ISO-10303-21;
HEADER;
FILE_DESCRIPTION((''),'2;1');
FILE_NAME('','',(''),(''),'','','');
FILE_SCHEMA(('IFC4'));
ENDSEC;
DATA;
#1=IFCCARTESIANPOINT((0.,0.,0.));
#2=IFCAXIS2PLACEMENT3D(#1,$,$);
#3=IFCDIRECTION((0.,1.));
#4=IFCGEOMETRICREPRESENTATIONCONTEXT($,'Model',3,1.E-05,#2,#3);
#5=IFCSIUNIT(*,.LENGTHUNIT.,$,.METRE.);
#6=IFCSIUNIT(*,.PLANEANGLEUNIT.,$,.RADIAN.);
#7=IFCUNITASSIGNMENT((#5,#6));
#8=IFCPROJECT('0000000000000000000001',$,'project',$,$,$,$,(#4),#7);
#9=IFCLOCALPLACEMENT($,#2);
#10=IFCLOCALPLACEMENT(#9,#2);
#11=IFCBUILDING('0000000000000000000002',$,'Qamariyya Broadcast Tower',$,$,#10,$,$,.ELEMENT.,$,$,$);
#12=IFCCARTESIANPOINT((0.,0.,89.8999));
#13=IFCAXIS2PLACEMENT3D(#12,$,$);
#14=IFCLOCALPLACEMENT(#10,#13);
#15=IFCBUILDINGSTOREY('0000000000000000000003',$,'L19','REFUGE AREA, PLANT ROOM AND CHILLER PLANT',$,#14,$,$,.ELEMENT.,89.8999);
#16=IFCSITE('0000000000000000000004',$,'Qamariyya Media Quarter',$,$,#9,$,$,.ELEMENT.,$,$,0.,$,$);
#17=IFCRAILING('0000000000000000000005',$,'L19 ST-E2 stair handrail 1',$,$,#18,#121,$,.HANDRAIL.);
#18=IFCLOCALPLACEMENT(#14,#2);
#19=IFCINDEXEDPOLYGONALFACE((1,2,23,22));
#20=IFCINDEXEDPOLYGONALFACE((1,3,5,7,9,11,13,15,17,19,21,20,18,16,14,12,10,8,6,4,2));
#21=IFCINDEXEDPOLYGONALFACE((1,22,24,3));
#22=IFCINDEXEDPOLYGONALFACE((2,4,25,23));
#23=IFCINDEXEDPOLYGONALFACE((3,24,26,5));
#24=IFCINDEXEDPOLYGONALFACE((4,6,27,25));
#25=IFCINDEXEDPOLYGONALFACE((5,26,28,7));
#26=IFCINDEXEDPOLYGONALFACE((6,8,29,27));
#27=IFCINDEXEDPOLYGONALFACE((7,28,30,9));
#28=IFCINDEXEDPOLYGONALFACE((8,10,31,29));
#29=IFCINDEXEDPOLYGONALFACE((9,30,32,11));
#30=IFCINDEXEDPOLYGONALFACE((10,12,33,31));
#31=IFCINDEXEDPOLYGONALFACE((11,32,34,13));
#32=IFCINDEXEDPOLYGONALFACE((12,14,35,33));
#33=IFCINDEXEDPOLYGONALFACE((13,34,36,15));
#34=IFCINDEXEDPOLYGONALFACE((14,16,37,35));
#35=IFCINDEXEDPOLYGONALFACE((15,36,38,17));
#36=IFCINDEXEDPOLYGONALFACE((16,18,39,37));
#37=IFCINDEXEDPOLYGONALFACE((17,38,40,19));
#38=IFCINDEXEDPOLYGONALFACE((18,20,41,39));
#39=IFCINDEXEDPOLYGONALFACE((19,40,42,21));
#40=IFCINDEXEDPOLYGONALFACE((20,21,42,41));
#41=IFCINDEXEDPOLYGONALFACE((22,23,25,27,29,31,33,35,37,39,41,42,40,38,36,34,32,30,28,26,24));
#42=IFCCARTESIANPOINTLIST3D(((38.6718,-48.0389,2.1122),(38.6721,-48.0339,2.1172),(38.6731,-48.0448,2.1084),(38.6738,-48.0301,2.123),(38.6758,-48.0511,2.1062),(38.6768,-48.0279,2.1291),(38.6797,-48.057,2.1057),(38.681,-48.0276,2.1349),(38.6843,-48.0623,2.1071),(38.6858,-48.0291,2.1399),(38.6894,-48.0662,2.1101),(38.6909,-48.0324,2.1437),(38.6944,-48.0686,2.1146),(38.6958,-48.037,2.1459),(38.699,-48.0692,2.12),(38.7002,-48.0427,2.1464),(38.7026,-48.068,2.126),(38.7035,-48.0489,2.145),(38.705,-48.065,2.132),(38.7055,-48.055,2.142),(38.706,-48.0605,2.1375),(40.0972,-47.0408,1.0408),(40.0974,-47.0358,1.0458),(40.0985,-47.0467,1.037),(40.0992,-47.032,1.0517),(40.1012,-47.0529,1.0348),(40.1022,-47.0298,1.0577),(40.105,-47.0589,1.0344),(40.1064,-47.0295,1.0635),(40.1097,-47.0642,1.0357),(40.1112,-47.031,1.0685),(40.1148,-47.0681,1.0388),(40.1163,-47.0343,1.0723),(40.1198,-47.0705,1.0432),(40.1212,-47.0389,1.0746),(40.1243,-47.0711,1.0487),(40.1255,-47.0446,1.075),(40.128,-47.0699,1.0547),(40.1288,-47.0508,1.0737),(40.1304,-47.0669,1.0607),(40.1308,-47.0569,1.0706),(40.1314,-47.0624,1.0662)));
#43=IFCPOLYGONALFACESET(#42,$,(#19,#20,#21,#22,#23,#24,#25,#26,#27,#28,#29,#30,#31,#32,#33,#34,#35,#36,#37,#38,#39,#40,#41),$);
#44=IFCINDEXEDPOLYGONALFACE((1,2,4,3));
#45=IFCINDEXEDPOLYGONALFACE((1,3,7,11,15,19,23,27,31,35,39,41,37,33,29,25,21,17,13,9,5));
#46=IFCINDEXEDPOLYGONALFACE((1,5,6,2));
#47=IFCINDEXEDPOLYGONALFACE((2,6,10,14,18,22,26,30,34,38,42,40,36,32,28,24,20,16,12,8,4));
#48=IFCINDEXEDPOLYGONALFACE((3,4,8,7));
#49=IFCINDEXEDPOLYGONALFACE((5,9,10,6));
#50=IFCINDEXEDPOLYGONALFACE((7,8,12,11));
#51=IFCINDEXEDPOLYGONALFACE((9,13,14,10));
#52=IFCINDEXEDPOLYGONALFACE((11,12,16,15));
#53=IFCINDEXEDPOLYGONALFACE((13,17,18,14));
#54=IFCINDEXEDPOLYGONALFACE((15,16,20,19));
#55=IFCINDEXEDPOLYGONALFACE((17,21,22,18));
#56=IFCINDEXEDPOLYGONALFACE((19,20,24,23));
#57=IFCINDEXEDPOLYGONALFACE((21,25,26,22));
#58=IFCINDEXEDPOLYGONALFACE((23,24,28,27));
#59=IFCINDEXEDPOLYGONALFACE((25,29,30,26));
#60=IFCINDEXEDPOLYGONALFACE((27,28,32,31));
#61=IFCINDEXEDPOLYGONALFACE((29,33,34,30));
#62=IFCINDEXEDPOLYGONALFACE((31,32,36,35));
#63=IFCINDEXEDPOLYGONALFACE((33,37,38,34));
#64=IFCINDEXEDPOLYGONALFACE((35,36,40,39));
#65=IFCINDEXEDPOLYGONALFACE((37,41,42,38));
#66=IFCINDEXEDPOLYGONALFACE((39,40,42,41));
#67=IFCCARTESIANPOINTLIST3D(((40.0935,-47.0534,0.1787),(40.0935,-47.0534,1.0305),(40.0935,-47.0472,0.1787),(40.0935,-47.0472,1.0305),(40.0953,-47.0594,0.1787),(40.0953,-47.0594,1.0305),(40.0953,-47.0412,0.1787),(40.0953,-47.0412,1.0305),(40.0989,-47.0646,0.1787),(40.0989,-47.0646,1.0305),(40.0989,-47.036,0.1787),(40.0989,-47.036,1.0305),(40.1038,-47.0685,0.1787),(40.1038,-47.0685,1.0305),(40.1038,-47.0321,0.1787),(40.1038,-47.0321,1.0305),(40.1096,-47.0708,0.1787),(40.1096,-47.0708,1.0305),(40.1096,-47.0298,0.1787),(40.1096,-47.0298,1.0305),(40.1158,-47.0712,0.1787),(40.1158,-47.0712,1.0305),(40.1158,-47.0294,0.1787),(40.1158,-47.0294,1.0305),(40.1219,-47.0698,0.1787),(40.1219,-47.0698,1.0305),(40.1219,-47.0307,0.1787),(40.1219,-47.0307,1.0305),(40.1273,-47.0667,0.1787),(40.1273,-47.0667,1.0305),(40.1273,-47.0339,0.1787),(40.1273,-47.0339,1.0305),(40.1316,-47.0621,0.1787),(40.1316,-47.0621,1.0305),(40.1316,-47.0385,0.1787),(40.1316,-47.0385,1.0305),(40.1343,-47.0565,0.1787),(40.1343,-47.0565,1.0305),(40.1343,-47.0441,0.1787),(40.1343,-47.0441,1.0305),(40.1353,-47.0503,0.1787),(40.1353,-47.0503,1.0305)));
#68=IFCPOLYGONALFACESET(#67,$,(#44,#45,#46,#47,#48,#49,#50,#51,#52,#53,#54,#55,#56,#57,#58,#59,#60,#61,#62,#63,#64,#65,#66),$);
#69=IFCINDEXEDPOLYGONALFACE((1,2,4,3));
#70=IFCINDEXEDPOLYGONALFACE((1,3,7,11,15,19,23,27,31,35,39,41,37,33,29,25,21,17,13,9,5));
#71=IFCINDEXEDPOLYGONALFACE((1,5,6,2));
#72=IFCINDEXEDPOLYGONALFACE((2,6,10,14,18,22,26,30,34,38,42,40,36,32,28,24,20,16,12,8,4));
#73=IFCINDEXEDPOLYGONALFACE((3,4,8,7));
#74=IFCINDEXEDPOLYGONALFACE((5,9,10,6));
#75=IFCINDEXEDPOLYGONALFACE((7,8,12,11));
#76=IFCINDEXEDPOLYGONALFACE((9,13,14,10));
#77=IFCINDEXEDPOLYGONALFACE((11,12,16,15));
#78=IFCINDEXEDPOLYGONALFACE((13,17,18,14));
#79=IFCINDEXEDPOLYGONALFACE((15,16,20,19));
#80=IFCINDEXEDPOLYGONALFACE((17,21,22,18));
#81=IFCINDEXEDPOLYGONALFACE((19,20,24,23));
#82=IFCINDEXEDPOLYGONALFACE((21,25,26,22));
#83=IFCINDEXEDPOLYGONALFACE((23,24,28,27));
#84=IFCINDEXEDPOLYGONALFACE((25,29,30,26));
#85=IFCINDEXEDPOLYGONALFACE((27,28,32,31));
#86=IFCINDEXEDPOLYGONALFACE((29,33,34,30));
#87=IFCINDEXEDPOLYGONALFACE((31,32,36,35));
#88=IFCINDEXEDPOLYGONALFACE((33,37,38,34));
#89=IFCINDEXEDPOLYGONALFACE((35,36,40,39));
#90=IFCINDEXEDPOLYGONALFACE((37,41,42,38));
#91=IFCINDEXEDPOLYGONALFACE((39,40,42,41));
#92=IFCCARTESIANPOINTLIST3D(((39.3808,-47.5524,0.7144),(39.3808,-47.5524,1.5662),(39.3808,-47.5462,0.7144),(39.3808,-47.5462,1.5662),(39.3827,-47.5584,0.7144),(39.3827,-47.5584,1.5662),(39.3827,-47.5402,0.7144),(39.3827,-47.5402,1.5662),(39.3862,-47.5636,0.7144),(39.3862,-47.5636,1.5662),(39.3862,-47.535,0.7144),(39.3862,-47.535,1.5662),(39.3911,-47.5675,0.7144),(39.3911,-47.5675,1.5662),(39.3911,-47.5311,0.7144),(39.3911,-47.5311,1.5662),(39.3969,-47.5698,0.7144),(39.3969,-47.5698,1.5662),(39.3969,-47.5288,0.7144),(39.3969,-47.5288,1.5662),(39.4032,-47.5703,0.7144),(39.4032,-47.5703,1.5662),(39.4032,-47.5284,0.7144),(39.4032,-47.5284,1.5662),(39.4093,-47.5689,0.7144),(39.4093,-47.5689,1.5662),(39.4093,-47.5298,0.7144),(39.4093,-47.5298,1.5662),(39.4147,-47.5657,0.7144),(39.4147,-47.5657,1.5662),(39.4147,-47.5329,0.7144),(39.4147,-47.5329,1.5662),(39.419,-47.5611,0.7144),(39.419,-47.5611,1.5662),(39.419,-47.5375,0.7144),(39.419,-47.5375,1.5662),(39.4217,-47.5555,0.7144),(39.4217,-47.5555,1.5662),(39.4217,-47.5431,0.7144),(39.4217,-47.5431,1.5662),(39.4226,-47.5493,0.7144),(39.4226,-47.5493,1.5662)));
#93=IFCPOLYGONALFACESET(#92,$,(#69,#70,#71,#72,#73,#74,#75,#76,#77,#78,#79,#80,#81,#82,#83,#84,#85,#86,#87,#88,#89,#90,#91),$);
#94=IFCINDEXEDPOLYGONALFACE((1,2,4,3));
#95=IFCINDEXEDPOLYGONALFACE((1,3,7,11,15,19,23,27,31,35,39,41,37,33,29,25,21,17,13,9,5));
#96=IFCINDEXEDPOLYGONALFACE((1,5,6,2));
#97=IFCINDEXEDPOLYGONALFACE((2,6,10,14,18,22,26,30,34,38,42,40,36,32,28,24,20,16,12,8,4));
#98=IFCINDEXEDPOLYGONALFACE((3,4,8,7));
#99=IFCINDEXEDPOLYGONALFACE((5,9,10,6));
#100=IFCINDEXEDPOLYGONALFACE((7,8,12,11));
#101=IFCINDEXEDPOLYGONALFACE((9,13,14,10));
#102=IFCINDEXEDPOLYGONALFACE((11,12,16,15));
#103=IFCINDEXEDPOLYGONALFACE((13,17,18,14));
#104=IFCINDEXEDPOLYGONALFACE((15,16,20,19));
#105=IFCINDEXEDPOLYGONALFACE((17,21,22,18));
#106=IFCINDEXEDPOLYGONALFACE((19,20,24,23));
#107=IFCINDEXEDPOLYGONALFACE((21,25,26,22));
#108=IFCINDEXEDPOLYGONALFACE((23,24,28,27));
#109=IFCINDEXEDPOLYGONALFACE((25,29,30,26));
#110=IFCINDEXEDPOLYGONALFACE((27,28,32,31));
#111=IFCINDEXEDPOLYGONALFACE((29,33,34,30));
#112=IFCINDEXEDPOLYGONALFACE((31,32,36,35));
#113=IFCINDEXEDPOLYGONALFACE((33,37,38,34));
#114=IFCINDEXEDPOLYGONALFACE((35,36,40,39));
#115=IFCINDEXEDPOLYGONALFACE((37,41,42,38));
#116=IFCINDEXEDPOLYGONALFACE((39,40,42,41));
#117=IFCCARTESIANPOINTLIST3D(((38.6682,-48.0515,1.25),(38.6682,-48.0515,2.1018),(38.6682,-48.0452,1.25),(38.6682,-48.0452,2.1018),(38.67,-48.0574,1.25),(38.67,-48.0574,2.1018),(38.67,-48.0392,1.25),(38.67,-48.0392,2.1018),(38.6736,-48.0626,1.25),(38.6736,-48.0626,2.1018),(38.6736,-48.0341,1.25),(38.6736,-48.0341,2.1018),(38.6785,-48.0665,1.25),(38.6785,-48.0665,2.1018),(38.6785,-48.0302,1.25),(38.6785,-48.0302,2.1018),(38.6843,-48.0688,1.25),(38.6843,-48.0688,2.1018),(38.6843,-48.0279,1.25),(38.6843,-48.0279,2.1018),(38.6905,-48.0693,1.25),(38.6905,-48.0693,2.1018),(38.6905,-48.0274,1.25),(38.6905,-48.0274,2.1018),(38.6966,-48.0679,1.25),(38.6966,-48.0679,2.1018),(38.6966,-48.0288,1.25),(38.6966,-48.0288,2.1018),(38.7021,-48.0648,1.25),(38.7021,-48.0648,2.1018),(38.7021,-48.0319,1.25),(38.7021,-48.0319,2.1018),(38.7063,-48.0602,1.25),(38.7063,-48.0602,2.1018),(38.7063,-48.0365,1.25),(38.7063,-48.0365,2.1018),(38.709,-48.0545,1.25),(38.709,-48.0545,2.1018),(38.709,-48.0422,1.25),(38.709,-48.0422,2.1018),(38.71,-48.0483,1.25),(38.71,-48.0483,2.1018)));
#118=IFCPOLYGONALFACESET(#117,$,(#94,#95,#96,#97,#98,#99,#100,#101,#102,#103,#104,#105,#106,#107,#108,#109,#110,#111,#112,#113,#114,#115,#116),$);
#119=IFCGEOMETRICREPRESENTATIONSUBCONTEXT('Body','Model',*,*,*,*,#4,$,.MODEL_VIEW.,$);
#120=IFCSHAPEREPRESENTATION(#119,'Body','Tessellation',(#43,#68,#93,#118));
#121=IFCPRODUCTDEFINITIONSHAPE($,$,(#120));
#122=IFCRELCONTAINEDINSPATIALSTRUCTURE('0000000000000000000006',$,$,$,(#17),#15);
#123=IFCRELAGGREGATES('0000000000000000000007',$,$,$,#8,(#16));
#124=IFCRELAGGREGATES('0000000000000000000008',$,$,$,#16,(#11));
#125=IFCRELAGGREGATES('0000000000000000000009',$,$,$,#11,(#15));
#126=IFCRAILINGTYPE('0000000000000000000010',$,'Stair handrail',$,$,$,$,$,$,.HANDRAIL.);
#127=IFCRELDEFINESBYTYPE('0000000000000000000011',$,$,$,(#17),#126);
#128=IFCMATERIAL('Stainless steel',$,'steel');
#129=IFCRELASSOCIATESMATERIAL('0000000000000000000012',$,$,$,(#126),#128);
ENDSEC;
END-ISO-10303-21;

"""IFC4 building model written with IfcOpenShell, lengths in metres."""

from ifc_helpers import new_model, si_unit, direction, frame, origin, origin_2d, place, context, subcontext, project, spatial, circle, extrude, material, type_object, element, save


model = new_model("IFC4")

# Units and contexts
model_context = context("Model", 3, precision=1e-05, world=origin(), true_north=direction((0.0, 1.0)))
body_context = subcontext(model_context, "Body", "Model", "MODEL_VIEW")
ifc_project = project(units=[si_unit("LENGTHUNIT", "METRE"), si_unit("PLANEANGLEUNIT", "RADIAN")], contexts=[model_context])

# Site, building, storey
site_placement = place(None, origin())
site = spatial("IfcSite", under=ifc_project, at=site_placement, Name="Qamariyya Media Quarter", CompositionType="ELEMENT", RefElevation=0.0)
building_placement = place(site_placement, origin())
building = spatial("IfcBuilding", under=site, at=building_placement, Name="Qamariyya Broadcast Tower", CompositionType="ELEMENT")
storey_placement = place(building_placement, frame((0.0, 0.0, 89.8999)))
storey = spatial("IfcBuildingStorey", under=building, at=storey_placement, Name="L19", Description="REFUGE AREA, PLANT ROOM AND CHILLER PLANT", CompositionType="ELEMENT", Elevation=89.8999)

# Railing
ifc_material_1 = material(Name="Stainless steel", Category="steel")
railing_type_1 = type_object("IfcRailingType", Name="Stair handrail", PredefinedType="HANDRAIL", material=ifc_material_1)
railing_1_placement = place(storey_placement, frame((40.1143, -47.0503, 0.1787)))
element("IfcRailing", 1, at=railing_1_placement, inside=storey, type_object=railing_type_1, Name="L19 ST-E2 stair handrail 1", PredefinedType="HANDRAIL", context=body_context, shape_type="SweptSolid", body=[
    extrude(circle(Radius=0.0239, at=origin_2d()), frame((0.0, 0.0, 0.876), z_axis=(-0.697533, -0.48844, 0.524285), x_axis=(0.573594, -0.81914, 0.0)), (0.0, 0.0, 1.0), 2.0435),
    extrude(circle(Radius=0.021, at=origin_2d()), origin(), (0.0, 0.0, 1.0), 0.8518),
    extrude(circle(Radius=0.021, at=origin_2d()), frame((-0.7126, -0.499, 0.5356)), (0.0, 0.0, 1.0), 0.8518),
    extrude(circle(Radius=0.021, at=origin_2d()), frame((-1.4253, -0.998, 1.0713)), (0.0, 0.0, 1.0), 0.8518),
])

save(model, "model.ifc")
